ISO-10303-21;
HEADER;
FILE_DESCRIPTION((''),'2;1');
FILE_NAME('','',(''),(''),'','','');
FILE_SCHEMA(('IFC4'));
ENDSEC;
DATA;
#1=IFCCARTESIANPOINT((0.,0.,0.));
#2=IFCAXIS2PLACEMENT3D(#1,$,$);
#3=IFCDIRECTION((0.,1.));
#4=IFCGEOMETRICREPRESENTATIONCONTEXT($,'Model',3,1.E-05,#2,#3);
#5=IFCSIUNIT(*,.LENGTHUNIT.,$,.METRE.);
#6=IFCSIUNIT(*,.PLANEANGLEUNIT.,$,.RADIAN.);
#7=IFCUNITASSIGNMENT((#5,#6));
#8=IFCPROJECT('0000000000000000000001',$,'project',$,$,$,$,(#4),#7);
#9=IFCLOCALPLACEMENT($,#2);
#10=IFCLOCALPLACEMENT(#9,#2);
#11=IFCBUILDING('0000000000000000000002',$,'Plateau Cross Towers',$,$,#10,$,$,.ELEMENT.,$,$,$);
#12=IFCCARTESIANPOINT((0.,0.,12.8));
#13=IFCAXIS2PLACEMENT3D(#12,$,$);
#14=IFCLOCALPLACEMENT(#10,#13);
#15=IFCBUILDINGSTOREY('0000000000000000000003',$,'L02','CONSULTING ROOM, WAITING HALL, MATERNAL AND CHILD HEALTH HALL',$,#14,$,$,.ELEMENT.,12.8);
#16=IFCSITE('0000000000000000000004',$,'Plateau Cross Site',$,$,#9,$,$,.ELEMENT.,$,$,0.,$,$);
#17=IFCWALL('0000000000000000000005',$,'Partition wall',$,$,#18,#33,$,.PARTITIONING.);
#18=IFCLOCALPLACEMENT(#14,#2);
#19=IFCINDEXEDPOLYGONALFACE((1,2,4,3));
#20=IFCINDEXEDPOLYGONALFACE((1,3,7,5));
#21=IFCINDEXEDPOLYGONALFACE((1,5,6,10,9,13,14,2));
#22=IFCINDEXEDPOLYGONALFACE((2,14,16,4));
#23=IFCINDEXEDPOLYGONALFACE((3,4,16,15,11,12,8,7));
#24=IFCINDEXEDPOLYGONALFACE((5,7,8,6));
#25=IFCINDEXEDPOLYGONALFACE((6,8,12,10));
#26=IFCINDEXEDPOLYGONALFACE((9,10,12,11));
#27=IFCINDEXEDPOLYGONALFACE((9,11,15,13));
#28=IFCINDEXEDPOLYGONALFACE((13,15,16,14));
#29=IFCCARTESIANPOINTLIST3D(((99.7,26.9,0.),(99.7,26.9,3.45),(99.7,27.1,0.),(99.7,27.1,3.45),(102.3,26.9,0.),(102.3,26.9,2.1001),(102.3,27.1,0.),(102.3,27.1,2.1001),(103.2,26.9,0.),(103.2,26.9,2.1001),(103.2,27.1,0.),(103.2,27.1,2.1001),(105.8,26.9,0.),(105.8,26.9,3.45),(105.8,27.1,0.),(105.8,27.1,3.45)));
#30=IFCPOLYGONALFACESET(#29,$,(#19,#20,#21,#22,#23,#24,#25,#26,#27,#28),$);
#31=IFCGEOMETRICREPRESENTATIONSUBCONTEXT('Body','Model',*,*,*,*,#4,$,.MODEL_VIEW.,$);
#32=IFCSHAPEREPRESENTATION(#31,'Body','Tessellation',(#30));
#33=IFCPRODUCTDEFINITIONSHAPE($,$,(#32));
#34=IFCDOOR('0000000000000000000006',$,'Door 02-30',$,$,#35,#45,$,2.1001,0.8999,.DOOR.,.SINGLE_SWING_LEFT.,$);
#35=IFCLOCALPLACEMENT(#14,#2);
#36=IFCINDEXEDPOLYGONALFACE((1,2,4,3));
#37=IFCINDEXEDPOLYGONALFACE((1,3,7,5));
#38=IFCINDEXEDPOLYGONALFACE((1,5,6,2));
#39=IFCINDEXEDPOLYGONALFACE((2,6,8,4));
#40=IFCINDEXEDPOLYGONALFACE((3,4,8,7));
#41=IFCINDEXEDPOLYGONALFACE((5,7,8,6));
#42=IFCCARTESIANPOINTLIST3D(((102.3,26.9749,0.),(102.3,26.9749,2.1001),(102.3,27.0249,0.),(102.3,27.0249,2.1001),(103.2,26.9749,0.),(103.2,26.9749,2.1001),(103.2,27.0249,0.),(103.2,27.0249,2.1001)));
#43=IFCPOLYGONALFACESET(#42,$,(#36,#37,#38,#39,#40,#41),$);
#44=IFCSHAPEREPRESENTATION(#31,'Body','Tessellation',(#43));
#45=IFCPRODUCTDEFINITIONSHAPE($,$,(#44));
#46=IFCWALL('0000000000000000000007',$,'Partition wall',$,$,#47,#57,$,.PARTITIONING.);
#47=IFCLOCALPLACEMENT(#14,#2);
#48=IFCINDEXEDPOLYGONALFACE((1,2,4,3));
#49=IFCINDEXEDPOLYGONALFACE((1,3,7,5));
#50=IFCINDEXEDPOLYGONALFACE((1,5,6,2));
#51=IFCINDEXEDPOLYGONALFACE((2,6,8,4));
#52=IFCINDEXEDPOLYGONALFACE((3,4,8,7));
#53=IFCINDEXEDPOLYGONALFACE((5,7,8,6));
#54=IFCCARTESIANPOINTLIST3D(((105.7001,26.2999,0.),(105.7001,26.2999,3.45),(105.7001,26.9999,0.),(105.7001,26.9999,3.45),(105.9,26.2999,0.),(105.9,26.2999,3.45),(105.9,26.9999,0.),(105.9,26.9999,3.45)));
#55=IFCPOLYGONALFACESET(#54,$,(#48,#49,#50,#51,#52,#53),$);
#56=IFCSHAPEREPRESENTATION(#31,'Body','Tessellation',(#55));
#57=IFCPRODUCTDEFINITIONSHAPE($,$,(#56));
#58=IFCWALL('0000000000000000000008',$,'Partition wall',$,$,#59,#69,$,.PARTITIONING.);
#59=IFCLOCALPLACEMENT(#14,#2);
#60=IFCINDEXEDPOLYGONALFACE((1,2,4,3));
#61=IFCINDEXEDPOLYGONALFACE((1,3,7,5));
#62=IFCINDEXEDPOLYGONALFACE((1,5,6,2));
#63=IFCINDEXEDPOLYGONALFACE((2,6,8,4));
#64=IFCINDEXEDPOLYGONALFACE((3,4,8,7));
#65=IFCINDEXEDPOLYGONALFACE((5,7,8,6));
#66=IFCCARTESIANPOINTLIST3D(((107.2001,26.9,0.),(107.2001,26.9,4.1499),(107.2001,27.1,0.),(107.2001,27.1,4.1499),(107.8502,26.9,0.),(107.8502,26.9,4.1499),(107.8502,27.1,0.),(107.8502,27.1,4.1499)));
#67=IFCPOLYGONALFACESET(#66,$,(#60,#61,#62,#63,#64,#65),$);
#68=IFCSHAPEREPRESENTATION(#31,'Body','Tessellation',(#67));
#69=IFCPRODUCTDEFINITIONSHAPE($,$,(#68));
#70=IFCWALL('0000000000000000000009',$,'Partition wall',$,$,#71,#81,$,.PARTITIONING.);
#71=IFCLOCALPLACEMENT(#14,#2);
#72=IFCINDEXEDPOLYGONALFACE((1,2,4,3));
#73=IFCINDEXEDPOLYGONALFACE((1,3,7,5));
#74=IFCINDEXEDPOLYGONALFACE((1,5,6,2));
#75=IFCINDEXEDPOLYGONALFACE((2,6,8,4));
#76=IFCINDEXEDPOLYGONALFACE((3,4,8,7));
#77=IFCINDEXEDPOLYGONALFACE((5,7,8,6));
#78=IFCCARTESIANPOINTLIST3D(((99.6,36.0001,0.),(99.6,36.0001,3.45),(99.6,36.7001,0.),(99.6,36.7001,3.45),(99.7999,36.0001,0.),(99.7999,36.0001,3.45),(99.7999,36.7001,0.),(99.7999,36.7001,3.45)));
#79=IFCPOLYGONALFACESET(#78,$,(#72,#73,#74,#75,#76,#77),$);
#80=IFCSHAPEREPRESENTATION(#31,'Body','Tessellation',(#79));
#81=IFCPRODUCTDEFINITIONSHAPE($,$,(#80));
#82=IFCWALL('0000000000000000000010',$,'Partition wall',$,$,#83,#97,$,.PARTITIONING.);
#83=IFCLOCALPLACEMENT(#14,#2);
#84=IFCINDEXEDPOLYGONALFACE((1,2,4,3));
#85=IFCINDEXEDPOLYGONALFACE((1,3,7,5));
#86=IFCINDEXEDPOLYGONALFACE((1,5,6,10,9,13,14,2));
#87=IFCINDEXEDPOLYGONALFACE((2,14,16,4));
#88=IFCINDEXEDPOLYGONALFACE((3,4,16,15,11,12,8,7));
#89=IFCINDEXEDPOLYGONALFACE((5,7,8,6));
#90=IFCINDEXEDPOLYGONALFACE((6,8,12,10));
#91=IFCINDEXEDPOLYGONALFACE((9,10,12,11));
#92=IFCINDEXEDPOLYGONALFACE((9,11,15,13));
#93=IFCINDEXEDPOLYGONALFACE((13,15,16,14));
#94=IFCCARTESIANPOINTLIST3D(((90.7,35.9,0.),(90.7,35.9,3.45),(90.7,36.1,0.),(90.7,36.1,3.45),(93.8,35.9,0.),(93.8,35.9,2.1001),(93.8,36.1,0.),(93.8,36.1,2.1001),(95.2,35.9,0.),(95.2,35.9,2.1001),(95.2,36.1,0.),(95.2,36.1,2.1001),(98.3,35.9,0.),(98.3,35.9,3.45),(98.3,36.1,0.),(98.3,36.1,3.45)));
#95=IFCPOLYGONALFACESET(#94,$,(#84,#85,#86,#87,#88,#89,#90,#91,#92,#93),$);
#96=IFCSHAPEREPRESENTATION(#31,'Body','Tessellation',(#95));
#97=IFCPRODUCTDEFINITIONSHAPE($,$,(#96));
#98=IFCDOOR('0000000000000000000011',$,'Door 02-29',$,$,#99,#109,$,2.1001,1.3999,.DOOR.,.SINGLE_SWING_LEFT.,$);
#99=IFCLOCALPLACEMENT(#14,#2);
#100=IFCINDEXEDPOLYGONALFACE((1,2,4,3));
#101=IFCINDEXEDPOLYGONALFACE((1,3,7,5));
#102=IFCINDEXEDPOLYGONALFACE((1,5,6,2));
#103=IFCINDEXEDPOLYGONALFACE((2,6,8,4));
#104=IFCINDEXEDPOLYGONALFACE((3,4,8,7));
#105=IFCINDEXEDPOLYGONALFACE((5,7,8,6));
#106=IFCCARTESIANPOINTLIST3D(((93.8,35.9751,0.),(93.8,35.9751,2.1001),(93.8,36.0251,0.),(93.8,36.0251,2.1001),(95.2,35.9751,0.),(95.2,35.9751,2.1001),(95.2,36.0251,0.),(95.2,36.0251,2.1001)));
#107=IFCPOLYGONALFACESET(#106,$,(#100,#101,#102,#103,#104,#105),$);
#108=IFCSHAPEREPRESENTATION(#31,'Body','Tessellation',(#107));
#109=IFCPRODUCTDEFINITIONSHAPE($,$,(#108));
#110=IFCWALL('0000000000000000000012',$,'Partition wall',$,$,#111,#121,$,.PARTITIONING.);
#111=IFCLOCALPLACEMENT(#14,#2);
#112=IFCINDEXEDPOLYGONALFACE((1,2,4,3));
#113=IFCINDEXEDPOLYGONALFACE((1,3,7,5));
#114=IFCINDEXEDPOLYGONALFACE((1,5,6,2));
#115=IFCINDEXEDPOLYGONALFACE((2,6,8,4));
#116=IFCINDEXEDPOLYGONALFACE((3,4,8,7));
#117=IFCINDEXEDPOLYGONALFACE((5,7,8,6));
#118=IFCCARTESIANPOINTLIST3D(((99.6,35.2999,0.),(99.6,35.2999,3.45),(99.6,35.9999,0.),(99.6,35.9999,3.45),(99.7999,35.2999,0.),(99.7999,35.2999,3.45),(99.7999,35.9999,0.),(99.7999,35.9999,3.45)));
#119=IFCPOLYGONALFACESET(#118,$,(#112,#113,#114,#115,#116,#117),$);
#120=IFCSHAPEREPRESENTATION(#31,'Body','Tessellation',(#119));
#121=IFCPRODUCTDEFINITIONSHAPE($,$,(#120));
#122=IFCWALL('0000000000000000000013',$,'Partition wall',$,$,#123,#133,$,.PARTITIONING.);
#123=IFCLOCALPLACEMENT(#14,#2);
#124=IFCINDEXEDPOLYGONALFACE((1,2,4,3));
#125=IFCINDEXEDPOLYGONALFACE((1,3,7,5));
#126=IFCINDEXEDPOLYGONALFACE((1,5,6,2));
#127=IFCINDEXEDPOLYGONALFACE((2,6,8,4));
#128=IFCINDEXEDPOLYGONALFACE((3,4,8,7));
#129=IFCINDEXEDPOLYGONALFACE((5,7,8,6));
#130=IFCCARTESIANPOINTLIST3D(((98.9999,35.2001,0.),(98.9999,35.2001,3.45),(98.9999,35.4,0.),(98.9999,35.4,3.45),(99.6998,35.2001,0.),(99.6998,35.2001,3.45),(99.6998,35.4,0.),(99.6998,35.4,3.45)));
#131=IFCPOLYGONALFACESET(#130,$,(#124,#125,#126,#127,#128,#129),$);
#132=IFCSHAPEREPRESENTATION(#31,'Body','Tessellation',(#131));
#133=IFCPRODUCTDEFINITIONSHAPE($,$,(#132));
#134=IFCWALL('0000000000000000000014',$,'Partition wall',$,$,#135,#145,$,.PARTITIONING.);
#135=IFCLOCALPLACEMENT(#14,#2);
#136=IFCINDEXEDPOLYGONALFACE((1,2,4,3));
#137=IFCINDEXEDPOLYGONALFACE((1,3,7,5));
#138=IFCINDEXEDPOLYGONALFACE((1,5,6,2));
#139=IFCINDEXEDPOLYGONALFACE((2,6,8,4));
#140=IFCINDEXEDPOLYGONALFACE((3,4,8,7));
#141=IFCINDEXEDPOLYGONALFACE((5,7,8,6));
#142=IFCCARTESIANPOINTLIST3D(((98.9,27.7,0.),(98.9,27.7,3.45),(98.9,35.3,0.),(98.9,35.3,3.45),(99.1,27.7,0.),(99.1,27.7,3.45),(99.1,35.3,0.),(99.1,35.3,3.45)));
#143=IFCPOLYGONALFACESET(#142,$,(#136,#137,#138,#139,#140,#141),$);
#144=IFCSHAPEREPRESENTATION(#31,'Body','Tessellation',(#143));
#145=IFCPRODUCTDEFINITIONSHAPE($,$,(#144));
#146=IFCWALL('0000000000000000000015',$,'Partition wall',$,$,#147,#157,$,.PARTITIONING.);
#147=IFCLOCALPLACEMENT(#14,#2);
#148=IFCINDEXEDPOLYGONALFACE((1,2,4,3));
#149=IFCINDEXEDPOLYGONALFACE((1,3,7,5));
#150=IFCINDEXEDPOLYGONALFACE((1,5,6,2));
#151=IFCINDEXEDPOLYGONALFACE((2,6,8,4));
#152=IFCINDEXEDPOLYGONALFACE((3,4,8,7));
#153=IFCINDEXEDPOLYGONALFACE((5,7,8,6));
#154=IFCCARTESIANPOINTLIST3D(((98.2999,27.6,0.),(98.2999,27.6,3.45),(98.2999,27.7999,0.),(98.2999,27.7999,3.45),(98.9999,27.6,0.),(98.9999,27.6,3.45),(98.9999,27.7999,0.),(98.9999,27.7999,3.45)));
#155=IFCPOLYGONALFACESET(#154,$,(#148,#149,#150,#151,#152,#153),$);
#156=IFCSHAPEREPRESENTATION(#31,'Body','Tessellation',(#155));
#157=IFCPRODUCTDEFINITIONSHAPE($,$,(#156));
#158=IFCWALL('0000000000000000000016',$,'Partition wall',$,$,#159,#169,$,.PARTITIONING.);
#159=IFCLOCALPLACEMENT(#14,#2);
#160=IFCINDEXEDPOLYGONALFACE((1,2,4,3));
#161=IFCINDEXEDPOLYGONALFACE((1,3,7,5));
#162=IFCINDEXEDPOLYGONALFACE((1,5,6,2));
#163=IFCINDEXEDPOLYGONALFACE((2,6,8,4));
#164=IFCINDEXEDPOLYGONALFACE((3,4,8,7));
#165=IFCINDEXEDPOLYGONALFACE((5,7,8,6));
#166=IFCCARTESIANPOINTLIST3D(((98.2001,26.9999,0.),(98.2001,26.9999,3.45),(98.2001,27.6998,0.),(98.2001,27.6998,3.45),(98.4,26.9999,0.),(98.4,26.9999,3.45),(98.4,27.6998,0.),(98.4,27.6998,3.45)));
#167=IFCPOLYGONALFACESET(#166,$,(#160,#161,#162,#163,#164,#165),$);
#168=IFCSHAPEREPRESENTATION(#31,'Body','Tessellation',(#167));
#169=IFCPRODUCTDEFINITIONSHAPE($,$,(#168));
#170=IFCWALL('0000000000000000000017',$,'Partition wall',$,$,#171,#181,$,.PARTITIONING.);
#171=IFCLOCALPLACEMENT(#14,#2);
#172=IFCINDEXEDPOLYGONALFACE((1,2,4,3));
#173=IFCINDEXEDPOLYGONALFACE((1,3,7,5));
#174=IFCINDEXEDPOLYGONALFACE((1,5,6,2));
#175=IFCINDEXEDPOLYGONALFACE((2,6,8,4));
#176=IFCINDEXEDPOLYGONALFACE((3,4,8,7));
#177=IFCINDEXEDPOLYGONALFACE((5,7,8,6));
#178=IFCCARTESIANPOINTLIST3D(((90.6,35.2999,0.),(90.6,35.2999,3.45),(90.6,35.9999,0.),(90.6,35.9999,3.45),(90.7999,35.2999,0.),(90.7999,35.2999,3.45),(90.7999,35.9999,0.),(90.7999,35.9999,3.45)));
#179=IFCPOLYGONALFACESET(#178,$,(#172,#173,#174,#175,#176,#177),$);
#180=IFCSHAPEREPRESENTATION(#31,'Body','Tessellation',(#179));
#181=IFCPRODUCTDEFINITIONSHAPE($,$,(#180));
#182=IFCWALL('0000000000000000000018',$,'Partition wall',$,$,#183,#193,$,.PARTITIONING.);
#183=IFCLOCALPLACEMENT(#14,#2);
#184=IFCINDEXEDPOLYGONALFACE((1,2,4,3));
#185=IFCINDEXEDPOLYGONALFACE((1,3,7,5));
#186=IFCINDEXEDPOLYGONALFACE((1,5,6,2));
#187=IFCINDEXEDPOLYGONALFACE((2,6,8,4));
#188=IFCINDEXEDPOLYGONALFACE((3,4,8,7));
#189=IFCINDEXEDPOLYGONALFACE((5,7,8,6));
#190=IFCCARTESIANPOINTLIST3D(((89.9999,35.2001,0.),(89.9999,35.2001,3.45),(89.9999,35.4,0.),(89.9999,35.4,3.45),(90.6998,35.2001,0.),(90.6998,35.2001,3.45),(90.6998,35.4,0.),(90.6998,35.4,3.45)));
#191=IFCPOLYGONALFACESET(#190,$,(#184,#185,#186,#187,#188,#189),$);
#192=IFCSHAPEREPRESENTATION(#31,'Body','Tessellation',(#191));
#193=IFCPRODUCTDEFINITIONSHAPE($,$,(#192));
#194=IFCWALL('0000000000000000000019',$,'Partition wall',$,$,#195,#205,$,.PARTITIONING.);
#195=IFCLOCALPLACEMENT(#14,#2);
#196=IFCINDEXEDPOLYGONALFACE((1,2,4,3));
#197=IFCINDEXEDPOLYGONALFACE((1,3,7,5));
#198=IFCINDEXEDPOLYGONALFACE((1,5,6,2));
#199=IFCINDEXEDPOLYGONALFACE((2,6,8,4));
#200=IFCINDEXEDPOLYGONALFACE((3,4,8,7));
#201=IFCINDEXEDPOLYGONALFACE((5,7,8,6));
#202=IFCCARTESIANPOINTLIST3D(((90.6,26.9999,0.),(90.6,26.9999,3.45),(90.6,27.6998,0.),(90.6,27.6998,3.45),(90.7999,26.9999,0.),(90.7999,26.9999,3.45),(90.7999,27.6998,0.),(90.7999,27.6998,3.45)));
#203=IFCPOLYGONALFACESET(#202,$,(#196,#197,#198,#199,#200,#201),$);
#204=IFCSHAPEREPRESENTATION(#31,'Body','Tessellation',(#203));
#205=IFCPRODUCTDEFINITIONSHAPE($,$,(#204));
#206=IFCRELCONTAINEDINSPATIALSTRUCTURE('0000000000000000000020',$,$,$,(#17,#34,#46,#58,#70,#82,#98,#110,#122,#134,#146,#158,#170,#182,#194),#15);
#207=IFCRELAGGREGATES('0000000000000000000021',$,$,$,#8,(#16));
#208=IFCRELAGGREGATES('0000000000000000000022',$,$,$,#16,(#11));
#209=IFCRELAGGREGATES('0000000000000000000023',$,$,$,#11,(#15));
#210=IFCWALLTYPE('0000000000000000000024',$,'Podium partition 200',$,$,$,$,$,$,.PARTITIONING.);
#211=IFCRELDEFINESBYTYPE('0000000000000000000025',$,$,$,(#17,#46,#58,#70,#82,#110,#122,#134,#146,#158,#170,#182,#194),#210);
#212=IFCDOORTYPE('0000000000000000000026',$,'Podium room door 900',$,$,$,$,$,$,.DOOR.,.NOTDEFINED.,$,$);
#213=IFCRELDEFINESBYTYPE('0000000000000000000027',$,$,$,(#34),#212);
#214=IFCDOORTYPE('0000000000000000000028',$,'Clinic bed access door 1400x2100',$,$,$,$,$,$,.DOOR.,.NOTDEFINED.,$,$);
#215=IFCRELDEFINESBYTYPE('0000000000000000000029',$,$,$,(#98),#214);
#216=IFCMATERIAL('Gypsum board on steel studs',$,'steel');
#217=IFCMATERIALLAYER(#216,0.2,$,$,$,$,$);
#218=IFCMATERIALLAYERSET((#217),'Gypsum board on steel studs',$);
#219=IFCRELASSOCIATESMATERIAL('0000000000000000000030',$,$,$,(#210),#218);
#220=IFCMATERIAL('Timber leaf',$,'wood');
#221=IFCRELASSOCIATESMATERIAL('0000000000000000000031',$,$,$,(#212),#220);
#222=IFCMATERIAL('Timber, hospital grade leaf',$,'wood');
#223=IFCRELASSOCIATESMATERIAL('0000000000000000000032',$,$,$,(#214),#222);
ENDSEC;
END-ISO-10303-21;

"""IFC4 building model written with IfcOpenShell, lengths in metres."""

from ifc_helpers import new_model, si_unit, direction, frame, frame_2d, origin, place, context, subcontext, project, spatial, rectangle, extrude, material, layer, layer_set, type_object, element, fill, save


model = new_model("IFC4")

# Units and contexts
model_context = context("Model", 3, precision=1e-05, world=origin(), true_north=direction((0.0, 1.0)))
body_context = subcontext(model_context, "Body", "Model", "MODEL_VIEW")
ifc_project = project(units=[si_unit("LENGTHUNIT", "METRE"), si_unit("PLANEANGLEUNIT", "RADIAN")], contexts=[model_context])

# Site, building, storey
site_placement = place(None, origin())
site = spatial("IfcSite", under=ifc_project, at=site_placement, Name="Plateau Cross Site", CompositionType="ELEMENT", RefElevation=0.0)
building_placement = place(site_placement, origin())
building = spatial("IfcBuilding", under=site, at=building_placement, Name="Plateau Cross Towers", CompositionType="ELEMENT")
storey_placement = place(building_placement, frame((0.0, 0.0, 12.8)))
storey = spatial("IfcBuildingStorey", under=building, at=storey_placement, Name="L02", Description="CONSULTING ROOM, WAITING HALL, MATERNAL AND CHILD HEALTH HALL", CompositionType="ELEMENT", Elevation=12.8)

# Shared definitions
ifc_material_1 = material(Name="Gypsum board on steel studs", Category="steel")
ifc_layer_1 = layer(ifc_material_1, 0.2)
ifc_layer_set_1 = layer_set([ifc_layer_1], Name="Gypsum board on steel studs")
wall_type = type_object("IfcWallType", Name="Podium partition 200", PredefinedType="PARTITIONING", material=ifc_layer_set_1)

# Wall, opening, door
wall_1_placement = place(storey_placement, frame((99.7, 27.0, 0.0), z_axis=(0.0, 0.0, 1.0), x_axis=(1.0, 0.0, 0.0)))
wall_1 = element("IfcWall", 1, at=wall_1_placement, inside=storey, type_object=wall_type, Name="Partition wall", PredefinedType="PARTITIONING", context=body_context, shape_type="SweptSolid", body=[
    extrude(rectangle(XDim=6.1001, YDim=0.2, at=frame_2d((3.05, 0.0))), origin(), (0.0, 0.0, 1.0), 3.45),
])
opening_1_placement = place(wall_1_placement, frame((2.6001, 0.0, 0.0)))
opening_1 = element("IfcOpeningElement", 2, at=opening_1_placement, cuts=wall_1, PredefinedType="OPENING", context=body_context, shape_type="SweptSolid", body=[
    extrude(rectangle(XDim=0.8999, YDim=2.1001, at=frame_2d((0.45, 1.05))), frame((0.0, 0.1099, 0.0), z_axis=(0.0, -1.0, 0.0), x_axis=(1.0, 0.0, 0.0)), (0.0, 0.0, 1.0), 0.22),
])
ifc_material_2 = material(Name="Timber leaf", Category="wood")
door_type_1 = type_object("IfcDoorType", Name="Podium room door 900", OperationType="NOTDEFINED", PredefinedType="DOOR", material=ifc_material_2)
door_1_placement = place(opening_1_placement, origin())
door_1 = element("IfcDoor", 3, at=door_1_placement, inside=storey, type_object=door_type_1, Name="Door 02-30", OperationType="SINGLE_SWING_LEFT", OverallHeight=2.1001, OverallWidth=0.8999, PredefinedType="DOOR", context=body_context, shape_type="SweptSolid", body=[
    extrude(rectangle(XDim=0.8999, YDim=2.1001, at=frame_2d((0.45, 1.05))), frame((0.0, 0.0249, 0.0), z_axis=(0.0, -1.0, 0.0), x_axis=(1.0, 0.0, 0.0)), (0.0, 0.0, 1.0), 0.05),
])
fill(opening_1, door_1)

# Walls
wall_2_placement = place(storey_placement, frame((105.8, 27.0, 0.0), z_axis=(0.0, 0.0, 1.0), x_axis=(0.0, -1.0, 0.0)))
element("IfcWall", 4, at=wall_2_placement, inside=storey, type_object=wall_type, Name="Partition wall", PredefinedType="PARTITIONING", context=body_context, shape_type="SweptSolid", body=[
    extrude(rectangle(XDim=0.7, YDim=0.2, at=frame_2d((0.3501, 0.0))), origin(), (0.0, 0.0, 1.0), 3.45),
])
wall_3_placement = place(storey_placement, frame((107.2, 27.0, 0.0), z_axis=(0.0, 0.0, 1.0), x_axis=(1.0, 0.0, 0.0)))
element("IfcWall", 5, at=wall_3_placement, inside=storey, type_object=wall_type, Name="Partition wall", PredefinedType="PARTITIONING", context=body_context, shape_type="SweptSolid", body=[
    extrude(rectangle(XDim=0.6501, YDim=0.2, at=frame_2d((0.3252, 0.0))), origin(), (0.0, 0.0, 1.0), 4.1499),
])
wall_4_placement = place(storey_placement, frame((99.7, 36.0, 0.0), z_axis=(0.0, 0.0, 1.0), x_axis=(0.0, 1.0, 0.0)))
element("IfcWall", 6, at=wall_4_placement, inside=storey, type_object=wall_type, Name="Partition wall", PredefinedType="PARTITIONING", context=body_context, shape_type="SweptSolid", body=[
    extrude(rectangle(XDim=0.7, YDim=0.2, at=frame_2d((0.3501, 0.0))), origin(), (0.0, 0.0, 1.0), 3.45),
])

# Wall, opening, door
wall_5_placement = place(storey_placement, frame((98.3, 36.0, 0.0), z_axis=(0.0, 0.0, 1.0), x_axis=(-1.0, 0.0, 0.0)))
wall_5 = element("IfcWall", 7, at=wall_5_placement, inside=storey, type_object=wall_type, Name="Partition wall", PredefinedType="PARTITIONING", context=body_context, shape_type="SweptSolid", body=[
    extrude(rectangle(XDim=7.6001, YDim=0.2, at=frame_2d((3.8, 0.0))), origin(), (0.0, 0.0, 1.0), 3.45),
])
opening_2_placement = place(wall_5_placement, frame((3.1001, 0.0, 0.0)))
opening_2 = element("IfcOpeningElement", 8, at=opening_2_placement, cuts=wall_5, PredefinedType="OPENING", context=body_context, shape_type="SweptSolid", body=[
    extrude(rectangle(XDim=1.3999, YDim=2.1001, at=frame_2d((0.7, 1.05))), frame((0.0, 0.1099, 0.0), z_axis=(0.0, -1.0, 0.0), x_axis=(1.0, 0.0, 0.0)), (0.0, 0.0, 1.0), 0.22),
])
ifc_material_3 = material(Name="Timber, hospital grade leaf", Category="wood")
door_type_2 = type_object("IfcDoorType", Name="Clinic bed access door 1400x2100", OperationType="NOTDEFINED", PredefinedType="DOOR", material=ifc_material_3)
door_2_placement = place(opening_2_placement, origin())
door_2 = element("IfcDoor", 9, at=door_2_placement, inside=storey, type_object=door_type_2, Name="Door 02-29", OperationType="SINGLE_SWING_LEFT", OverallHeight=2.1001, OverallWidth=1.3999, PredefinedType="DOOR", context=body_context, shape_type="SweptSolid", body=[
    extrude(rectangle(XDim=1.3999, YDim=2.1001, at=frame_2d((0.7, 1.05))), frame((0.0, 0.0249, 0.0), z_axis=(0.0, -1.0, 0.0), x_axis=(1.0, 0.0, 0.0)), (0.0, 0.0, 1.0), 0.05),
])
fill(opening_2, door_2)

# Walls
for number, where, z_axis, x_axis, name in (
    (10, (99.7, 36.0, 0.0), (0.0, 0.0, 1.0), (0.0, -1.0, 0.0), "Partition wall"),
    (11, (99.7, 35.3, 0.0), (0.0, 0.0, 1.0), (-1.0, 0.0, 0.0), "Partition wall"),
):
    element("IfcWall", number, at=place(storey_placement, frame(where, z_axis=z_axis, x_axis=x_axis)), inside=storey, type_object=wall_type, Name=name, PredefinedType="PARTITIONING", context=body_context, shape_type="SweptSolid", body=[
        extrude(rectangle(XDim=0.7, YDim=0.2, at=frame_2d((0.3501, 0.0))), origin(), (0.0, 0.0, 1.0), 3.45),
    ])
wall_6_placement = place(storey_placement, frame((99.0, 35.3, 0.0), z_axis=(0.0, 0.0, 1.0), x_axis=(0.0, -1.0, 0.0)))
element("IfcWall", 12, at=wall_6_placement, inside=storey, type_object=wall_type, Name="Partition wall", PredefinedType="PARTITIONING", context=body_context, shape_type="SweptSolid", body=[
    extrude(rectangle(XDim=7.6001, YDim=0.2, at=frame_2d((3.8, 0.0))), origin(), (0.0, 0.0, 1.0), 3.45),
])
for number, where, z_axis, x_axis, name in (
    (13, (99.0, 27.7, 0.0), (0.0, 0.0, 1.0), (-1.0, 0.0, 0.0), "Partition wall"),
    (14, (98.3, 27.7, 0.0), (0.0, 0.0, 1.0), (0.0, -1.0, 0.0), "Partition wall"),
    (15, (90.7, 36.0, 0.0), (0.0, 0.0, 1.0), (0.0, -1.0, 0.0), "Partition wall"),
    (16, (90.7, 35.3, 0.0), (0.0, 0.0, 1.0), (-1.0, 0.0, 0.0), "Partition wall"),
    (17, (90.7, 27.7, 0.0), (0.0, 0.0, 1.0), (0.0, -1.0, 0.0), "Partition wall"),
):
    element("IfcWall", number, at=place(storey_placement, frame(where, z_axis=z_axis, x_axis=x_axis)), inside=storey, type_object=wall_type, Name=name, PredefinedType="PARTITIONING", context=body_context, shape_type="SweptSolid", body=[
        extrude(rectangle(XDim=0.7, YDim=0.2, at=frame_2d((0.3501, 0.0))), origin(), (0.0, 0.0, 1.0), 3.45),
    ])

save(model, "model.ifc")
